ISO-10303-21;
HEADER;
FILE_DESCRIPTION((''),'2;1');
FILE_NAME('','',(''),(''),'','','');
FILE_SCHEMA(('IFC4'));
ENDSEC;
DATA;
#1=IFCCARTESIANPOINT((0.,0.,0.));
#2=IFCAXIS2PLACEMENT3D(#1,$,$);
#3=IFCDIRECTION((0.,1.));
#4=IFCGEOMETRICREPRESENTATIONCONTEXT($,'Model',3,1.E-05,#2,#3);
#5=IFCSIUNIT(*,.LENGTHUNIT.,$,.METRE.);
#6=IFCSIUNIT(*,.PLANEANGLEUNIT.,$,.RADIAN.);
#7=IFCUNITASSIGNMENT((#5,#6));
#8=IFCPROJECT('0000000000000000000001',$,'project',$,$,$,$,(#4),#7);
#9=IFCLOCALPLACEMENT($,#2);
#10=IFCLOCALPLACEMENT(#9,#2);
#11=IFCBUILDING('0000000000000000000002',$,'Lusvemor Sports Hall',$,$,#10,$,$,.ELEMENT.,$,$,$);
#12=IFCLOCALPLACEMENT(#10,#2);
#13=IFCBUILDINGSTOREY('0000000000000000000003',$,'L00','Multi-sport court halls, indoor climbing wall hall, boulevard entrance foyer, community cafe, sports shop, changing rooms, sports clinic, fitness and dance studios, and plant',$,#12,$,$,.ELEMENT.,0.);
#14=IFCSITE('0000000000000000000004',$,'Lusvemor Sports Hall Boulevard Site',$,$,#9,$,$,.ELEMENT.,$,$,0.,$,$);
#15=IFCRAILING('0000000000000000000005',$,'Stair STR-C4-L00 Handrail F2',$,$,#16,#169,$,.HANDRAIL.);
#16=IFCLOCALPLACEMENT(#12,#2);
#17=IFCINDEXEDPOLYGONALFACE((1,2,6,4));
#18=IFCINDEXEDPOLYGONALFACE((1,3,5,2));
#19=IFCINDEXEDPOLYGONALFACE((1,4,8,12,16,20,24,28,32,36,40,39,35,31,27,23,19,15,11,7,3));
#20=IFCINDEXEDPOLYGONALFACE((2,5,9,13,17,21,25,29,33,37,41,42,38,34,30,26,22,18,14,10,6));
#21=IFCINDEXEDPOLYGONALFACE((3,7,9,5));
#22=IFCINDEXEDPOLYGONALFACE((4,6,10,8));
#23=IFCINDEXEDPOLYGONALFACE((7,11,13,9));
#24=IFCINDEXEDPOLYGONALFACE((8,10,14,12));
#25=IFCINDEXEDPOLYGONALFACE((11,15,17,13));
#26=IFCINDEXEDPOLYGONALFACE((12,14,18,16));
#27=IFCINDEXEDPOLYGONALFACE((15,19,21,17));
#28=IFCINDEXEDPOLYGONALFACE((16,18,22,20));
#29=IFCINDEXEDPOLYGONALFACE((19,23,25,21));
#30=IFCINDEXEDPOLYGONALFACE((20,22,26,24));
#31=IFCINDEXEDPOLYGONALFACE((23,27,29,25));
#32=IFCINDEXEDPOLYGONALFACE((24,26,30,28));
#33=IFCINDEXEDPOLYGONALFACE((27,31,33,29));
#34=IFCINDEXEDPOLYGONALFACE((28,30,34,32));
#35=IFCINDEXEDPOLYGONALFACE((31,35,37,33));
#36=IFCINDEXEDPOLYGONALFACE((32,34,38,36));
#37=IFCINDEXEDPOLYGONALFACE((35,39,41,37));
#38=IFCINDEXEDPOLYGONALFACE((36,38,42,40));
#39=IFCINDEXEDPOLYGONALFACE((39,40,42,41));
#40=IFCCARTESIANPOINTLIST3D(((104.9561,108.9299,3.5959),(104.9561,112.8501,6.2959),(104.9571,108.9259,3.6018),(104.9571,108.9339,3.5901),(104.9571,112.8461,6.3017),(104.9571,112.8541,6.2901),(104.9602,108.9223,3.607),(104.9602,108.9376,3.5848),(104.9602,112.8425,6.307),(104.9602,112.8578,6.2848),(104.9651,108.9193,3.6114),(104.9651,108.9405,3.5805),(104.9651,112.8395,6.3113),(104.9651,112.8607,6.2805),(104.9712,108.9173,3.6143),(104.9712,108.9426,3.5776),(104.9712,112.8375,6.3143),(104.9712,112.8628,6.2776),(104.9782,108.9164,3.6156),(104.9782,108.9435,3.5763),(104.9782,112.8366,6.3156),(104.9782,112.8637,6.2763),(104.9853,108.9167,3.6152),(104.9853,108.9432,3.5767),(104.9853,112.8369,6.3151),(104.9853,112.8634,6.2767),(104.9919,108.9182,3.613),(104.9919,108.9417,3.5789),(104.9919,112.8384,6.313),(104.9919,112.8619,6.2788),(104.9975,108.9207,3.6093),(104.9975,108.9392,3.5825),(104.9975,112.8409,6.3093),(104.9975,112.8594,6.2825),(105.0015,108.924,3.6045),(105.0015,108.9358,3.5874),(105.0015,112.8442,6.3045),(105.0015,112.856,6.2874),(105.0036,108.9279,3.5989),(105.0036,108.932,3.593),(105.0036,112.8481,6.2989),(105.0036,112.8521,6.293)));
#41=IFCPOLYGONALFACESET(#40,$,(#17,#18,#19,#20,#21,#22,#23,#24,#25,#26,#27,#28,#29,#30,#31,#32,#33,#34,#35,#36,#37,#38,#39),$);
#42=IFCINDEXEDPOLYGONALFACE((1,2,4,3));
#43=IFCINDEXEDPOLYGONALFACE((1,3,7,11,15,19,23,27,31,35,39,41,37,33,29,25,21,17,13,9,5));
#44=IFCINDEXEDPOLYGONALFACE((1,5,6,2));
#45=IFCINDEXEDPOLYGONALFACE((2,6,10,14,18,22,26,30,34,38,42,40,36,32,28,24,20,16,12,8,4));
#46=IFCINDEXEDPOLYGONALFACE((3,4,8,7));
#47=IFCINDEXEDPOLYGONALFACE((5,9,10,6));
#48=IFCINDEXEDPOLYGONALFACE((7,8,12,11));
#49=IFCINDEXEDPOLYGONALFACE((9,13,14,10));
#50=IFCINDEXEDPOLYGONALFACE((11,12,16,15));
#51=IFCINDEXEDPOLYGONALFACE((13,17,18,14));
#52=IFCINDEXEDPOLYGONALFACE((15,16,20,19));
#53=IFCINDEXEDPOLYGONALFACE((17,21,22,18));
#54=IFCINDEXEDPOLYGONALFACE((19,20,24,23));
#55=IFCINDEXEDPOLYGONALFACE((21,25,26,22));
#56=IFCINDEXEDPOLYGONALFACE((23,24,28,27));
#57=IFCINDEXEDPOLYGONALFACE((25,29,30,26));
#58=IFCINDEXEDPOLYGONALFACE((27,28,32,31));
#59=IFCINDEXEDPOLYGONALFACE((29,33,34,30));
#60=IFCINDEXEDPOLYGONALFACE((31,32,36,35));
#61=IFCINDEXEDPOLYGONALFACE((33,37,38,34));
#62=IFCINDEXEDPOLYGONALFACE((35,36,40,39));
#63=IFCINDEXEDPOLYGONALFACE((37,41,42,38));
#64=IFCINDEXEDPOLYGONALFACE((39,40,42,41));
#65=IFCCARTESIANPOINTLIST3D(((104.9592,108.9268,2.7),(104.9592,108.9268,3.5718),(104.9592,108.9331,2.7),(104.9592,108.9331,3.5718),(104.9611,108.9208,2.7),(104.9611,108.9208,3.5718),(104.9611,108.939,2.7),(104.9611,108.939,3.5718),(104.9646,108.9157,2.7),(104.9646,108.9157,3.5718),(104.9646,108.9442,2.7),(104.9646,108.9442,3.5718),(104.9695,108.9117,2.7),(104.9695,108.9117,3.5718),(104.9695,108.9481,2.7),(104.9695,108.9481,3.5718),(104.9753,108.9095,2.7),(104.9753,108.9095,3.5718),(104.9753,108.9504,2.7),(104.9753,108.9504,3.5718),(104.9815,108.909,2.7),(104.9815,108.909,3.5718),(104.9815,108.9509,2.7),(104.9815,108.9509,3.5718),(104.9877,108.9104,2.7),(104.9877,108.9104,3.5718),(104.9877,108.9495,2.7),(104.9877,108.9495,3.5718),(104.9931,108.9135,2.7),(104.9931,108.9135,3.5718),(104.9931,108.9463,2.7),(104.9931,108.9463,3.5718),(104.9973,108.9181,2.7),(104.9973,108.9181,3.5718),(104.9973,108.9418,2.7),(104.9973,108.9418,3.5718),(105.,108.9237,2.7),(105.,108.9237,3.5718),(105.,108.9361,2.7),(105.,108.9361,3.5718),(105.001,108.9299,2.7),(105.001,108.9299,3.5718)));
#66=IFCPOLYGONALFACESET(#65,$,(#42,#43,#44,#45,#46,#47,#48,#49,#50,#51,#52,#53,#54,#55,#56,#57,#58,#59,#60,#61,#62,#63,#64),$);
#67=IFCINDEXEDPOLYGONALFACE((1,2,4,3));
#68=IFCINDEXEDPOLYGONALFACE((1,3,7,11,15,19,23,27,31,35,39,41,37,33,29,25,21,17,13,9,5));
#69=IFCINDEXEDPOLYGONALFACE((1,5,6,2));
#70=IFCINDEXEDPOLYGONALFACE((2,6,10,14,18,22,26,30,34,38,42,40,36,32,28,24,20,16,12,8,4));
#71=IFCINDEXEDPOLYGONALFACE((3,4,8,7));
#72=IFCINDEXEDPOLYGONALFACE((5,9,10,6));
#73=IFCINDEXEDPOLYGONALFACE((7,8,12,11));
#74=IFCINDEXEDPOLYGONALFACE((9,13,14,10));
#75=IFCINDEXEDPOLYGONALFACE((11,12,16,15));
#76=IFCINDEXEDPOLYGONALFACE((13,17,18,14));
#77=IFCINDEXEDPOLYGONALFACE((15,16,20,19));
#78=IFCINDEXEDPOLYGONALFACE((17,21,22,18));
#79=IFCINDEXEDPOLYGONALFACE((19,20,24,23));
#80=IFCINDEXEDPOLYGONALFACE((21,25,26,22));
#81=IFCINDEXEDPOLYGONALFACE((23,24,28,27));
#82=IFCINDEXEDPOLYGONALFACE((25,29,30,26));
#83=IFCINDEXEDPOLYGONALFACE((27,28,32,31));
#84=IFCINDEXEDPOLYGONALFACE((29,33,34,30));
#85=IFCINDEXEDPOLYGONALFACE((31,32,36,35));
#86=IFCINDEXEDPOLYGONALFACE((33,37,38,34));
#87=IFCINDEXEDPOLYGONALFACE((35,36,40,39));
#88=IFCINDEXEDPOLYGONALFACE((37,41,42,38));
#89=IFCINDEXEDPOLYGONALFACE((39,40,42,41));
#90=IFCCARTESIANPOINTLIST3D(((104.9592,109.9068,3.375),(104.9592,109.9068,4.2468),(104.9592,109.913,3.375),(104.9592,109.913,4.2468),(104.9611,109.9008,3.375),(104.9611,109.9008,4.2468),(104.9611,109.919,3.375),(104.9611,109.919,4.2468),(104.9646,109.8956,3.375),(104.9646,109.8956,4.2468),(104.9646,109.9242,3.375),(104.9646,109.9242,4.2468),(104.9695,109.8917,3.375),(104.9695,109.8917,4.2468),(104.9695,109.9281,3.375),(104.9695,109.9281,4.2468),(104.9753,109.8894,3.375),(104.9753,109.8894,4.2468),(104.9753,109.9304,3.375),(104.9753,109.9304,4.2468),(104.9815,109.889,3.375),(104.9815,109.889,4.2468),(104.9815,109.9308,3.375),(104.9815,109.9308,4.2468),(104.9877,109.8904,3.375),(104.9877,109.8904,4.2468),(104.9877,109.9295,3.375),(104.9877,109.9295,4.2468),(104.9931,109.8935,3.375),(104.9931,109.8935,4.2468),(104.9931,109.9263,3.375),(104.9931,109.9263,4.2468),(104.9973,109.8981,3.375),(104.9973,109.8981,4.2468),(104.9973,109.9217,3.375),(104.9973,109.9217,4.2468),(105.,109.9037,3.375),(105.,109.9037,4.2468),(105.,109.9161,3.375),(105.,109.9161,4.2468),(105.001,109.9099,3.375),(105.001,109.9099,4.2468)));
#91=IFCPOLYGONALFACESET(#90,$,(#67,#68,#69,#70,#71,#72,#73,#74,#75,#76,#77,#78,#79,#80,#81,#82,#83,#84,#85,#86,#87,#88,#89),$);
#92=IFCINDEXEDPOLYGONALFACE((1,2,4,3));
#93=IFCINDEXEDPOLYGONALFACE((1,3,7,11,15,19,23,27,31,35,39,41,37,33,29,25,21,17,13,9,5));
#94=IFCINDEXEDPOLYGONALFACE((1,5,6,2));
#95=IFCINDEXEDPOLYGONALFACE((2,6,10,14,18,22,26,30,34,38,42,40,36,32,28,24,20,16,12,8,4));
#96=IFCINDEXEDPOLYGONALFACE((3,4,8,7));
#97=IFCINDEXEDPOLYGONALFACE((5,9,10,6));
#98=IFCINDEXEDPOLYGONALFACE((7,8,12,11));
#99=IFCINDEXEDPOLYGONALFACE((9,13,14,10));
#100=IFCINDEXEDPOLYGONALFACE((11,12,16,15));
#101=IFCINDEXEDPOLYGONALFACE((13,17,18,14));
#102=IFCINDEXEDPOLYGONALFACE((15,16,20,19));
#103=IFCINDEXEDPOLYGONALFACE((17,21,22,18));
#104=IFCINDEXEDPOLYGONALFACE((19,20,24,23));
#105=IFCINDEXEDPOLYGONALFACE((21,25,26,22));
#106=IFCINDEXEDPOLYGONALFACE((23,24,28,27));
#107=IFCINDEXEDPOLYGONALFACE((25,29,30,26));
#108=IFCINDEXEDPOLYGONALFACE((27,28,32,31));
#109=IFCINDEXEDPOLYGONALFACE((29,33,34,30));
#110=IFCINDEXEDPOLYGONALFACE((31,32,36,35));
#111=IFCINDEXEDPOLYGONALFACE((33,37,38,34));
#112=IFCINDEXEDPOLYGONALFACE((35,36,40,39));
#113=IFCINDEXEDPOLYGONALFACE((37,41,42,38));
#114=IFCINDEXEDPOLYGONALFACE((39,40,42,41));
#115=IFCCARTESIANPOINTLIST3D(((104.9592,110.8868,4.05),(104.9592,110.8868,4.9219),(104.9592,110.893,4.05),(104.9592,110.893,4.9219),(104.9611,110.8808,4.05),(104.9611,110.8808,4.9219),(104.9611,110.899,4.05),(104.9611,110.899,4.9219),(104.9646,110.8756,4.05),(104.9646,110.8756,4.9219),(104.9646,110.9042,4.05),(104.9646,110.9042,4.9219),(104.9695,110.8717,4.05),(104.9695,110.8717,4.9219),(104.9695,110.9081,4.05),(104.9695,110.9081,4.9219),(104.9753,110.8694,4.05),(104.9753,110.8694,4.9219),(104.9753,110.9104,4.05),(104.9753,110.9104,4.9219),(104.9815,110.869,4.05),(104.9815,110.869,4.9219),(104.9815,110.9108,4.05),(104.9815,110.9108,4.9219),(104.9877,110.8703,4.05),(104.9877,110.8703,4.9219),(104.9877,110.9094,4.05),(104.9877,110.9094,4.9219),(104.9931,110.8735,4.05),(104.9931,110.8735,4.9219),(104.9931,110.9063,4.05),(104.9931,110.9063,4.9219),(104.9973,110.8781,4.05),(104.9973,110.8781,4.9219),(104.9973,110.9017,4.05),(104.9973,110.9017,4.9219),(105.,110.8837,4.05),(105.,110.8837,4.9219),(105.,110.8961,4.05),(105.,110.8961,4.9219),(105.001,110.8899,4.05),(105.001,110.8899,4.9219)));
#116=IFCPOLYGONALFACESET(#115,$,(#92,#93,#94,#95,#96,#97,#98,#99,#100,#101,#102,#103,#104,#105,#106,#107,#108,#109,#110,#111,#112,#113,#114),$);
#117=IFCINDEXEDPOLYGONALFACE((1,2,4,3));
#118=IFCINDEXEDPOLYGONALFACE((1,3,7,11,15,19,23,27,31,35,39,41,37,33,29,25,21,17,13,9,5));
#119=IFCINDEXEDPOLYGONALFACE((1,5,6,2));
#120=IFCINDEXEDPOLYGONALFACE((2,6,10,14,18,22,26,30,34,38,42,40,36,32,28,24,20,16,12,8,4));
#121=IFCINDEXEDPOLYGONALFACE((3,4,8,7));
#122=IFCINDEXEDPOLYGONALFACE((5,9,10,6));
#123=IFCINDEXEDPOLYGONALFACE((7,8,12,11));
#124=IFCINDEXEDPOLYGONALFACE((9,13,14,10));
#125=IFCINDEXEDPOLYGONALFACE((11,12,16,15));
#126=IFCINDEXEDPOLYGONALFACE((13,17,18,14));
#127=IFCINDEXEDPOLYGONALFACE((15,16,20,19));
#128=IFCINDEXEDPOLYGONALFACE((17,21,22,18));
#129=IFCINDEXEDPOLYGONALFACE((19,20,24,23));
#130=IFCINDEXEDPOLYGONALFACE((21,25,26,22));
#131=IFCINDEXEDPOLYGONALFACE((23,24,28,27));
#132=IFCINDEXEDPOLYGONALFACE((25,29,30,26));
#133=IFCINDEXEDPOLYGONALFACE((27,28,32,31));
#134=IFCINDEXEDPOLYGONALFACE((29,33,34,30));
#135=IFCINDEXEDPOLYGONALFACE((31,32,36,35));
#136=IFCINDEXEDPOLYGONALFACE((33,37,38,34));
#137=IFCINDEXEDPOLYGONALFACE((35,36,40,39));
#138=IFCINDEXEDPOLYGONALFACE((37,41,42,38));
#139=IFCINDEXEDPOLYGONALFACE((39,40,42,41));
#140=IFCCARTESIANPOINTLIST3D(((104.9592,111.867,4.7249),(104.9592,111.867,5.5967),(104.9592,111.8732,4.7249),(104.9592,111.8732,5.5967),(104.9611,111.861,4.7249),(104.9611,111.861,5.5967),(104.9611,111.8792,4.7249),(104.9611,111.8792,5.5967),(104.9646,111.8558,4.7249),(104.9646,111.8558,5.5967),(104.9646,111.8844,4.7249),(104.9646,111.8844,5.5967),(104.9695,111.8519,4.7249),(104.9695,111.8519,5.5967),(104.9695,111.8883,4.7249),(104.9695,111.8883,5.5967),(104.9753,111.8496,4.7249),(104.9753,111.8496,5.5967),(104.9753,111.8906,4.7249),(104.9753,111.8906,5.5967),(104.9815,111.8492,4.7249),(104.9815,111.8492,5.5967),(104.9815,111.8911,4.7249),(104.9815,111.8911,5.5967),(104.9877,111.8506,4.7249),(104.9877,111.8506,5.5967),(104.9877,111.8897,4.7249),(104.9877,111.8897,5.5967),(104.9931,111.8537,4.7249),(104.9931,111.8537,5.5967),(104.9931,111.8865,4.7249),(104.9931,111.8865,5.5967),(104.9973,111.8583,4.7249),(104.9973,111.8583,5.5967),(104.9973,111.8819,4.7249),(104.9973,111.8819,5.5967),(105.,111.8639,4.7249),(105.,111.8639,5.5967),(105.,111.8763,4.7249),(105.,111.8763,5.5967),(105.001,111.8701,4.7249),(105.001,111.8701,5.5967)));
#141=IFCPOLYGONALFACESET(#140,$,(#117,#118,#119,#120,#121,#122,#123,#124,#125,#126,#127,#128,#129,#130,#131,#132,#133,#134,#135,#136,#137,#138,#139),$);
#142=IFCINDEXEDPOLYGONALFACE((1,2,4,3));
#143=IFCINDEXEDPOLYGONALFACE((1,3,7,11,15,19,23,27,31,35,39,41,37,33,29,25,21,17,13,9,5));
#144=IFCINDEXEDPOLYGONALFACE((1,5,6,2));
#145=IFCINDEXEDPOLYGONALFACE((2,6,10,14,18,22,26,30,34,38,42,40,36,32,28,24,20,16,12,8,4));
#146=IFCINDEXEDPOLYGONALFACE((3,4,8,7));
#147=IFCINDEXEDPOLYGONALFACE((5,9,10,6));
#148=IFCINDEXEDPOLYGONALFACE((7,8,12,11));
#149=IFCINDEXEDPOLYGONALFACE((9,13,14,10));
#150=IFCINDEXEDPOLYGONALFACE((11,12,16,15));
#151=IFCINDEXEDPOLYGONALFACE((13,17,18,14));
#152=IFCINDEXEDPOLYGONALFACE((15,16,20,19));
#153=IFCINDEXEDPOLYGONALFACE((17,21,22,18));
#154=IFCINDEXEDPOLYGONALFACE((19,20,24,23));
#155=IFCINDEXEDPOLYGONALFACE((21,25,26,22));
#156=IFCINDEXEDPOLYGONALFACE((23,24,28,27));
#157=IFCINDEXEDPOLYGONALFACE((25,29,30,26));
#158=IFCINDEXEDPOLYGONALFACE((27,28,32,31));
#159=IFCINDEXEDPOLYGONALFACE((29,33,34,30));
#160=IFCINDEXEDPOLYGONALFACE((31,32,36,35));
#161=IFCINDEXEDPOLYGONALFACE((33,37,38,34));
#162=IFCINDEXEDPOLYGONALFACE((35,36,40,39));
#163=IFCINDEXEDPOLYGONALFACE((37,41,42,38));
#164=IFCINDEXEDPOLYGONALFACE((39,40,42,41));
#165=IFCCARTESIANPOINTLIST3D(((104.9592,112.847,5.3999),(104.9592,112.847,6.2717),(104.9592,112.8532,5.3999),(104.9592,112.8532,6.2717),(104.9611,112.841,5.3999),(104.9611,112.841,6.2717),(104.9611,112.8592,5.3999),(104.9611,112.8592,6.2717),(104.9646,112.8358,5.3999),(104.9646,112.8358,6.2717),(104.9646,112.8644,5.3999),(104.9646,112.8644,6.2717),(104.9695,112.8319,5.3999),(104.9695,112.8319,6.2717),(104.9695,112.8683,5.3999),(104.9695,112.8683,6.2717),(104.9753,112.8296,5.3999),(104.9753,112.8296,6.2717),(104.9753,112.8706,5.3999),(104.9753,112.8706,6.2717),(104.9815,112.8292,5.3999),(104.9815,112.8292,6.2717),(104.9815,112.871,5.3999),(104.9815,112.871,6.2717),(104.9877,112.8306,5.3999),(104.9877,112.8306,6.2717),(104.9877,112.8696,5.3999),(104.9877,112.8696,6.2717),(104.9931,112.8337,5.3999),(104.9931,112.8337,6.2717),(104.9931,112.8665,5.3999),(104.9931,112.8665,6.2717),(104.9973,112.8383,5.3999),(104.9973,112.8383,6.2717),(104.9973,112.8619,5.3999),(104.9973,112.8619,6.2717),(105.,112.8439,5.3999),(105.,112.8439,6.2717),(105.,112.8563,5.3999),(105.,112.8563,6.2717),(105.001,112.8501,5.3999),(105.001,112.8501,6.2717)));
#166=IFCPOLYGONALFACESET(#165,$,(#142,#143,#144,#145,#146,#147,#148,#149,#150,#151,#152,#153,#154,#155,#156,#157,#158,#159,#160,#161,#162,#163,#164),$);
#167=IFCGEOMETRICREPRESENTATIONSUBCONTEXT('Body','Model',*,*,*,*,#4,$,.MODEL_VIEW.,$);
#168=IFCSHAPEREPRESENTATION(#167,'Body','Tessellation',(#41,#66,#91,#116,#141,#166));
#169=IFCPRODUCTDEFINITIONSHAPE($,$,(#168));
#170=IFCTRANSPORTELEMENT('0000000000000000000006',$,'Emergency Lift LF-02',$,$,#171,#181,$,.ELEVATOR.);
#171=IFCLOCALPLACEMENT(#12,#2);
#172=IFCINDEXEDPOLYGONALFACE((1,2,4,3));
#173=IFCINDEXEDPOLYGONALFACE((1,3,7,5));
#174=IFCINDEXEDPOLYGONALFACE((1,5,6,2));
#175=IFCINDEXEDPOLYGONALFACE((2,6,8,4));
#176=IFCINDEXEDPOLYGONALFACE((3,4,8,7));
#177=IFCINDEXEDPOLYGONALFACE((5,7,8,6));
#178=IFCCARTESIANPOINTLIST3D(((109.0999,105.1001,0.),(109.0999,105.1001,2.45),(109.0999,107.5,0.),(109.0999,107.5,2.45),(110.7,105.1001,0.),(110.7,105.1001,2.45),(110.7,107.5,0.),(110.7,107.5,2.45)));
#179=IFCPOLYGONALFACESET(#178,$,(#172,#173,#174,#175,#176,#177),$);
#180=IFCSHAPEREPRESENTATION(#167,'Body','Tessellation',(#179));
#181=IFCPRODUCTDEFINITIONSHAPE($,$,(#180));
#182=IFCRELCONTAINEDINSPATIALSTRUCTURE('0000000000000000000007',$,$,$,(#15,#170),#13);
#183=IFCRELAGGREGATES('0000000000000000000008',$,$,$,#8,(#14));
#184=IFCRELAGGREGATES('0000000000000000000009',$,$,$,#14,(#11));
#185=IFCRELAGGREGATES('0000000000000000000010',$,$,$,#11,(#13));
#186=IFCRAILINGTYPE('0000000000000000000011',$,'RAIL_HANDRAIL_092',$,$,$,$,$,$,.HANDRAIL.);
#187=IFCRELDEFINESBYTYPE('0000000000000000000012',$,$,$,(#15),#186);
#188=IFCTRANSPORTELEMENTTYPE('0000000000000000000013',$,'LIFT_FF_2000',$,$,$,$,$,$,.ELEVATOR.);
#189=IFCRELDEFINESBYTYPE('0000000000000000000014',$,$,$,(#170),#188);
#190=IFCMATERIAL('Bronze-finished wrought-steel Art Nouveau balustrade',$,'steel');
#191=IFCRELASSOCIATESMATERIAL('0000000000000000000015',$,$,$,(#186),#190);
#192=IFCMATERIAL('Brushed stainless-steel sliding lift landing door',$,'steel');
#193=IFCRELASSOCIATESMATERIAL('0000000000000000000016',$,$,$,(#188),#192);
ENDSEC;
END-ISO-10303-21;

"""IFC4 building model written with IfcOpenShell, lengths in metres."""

from ifc_helpers import new_model, si_unit, direction, frame, origin, origin_2d, place, context, subcontext, project, spatial, rectangle, circle, extrude, material, type_object, element, save


model = new_model("IFC4")

# Units and contexts
model_context = context("Model", 3, precision=1e-05, world=origin(), true_north=direction((0.0, 1.0)))
body_context = subcontext(model_context, "Body", "Model", "MODEL_VIEW")
ifc_project = project(units=[si_unit("LENGTHUNIT", "METRE"), si_unit("PLANEANGLEUNIT", "RADIAN")], contexts=[model_context])

# Site, building, storey
site_placement = place(None, origin())
site = spatial("IfcSite", under=ifc_project, at=site_placement, Name="Lusvemor Sports Hall Boulevard Site", CompositionType="ELEMENT", RefElevation=0.0)
building_placement = place(site_placement, origin())
building = spatial("IfcBuilding", under=site, at=building_placement, Name="Lusvemor Sports Hall", CompositionType="ELEMENT")
storey_placement = place(building_placement, origin())
storey = spatial("IfcBuildingStorey", under=building, at=storey_placement, Name="L00", Description="Multi-sport court halls, indoor climbing wall hall, boulevard entrance foyer, community cafe, sports shop, changing rooms, sports clinic, fitness and dance studios, and plant", CompositionType="ELEMENT", Elevation=0.0)

# Railing
ifc_material_1 = material(Name="Bronze-finished wrought-steel Art Nouveau balustrade", Category="steel")
railing_type = type_object("IfcRailingType", Name="RAIL_HANDRAIL_092", PredefinedType="HANDRAIL", material=ifc_material_1)
railing_placement = place(storey_placement, frame((104.98, 108.9299, 2.7)))
element("IfcRailing", 1, at=railing_placement, inside=storey, type_object=railing_type, Name="Stair STR-C4-L00 Handrail F2", PredefinedType="HANDRAIL", context=body_context, shape_type="SweptSolid", body=[
    extrude(circle(Radius=0.0239, at=origin_2d()), frame((0.0, 0.0, 0.896), z_axis=(0.0, 0.823567, 0.567219), x_axis=(-1.0, 0.0, 0.0)), (0.0, 0.0, 1.0), 4.76),
    extrude(circle(Radius=0.021, at=origin_2d()), origin(), (0.0, 0.0, 1.0), 0.8718),
    extrude(circle(Radius=0.021, at=origin_2d()), frame((0.0, 0.98, 0.675)), (0.0, 0.0, 1.0), 0.8718),
    extrude(circle(Radius=0.021, at=origin_2d()), frame((0.0, 1.96, 1.3501)), (0.0, 0.0, 1.0), 0.8718),
    extrude(circle(Radius=0.021, at=origin_2d()), frame((0.0, 2.9402, 2.0249)), (0.0, 0.0, 1.0), 0.8718),
    extrude(circle(Radius=0.021, at=origin_2d()), frame((0.0, 3.9202, 2.7)), (0.0, 0.0, 1.0), 0.8718),
])

# Transport element
ifc_material_2 = material(Name="Brushed stainless-steel sliding lift landing door", Category="steel")
transport_element_type = type_object("IfcTransportElementType", Name="LIFT_FF_2000", PredefinedType="ELEVATOR", material=ifc_material_2)
transport_element_placement = place(storey_placement, frame((109.8999, 106.3, 0.0), z_axis=(0.0, 0.0, 1.0), x_axis=(1.0, 0.0, 0.0)))
element("IfcTransportElement", 2, at=transport_element_placement, inside=storey, type_object=transport_element_type, Name="Emergency Lift LF-02", PredefinedType="ELEVATOR", context=body_context, shape_type="SweptSolid", body=[
    extrude(rectangle(XDim=1.6001, YDim=2.3999, at=origin_2d()), origin(), (0.0, 0.0, 1.0), 2.45),
])

save(model, "model.ifc")
